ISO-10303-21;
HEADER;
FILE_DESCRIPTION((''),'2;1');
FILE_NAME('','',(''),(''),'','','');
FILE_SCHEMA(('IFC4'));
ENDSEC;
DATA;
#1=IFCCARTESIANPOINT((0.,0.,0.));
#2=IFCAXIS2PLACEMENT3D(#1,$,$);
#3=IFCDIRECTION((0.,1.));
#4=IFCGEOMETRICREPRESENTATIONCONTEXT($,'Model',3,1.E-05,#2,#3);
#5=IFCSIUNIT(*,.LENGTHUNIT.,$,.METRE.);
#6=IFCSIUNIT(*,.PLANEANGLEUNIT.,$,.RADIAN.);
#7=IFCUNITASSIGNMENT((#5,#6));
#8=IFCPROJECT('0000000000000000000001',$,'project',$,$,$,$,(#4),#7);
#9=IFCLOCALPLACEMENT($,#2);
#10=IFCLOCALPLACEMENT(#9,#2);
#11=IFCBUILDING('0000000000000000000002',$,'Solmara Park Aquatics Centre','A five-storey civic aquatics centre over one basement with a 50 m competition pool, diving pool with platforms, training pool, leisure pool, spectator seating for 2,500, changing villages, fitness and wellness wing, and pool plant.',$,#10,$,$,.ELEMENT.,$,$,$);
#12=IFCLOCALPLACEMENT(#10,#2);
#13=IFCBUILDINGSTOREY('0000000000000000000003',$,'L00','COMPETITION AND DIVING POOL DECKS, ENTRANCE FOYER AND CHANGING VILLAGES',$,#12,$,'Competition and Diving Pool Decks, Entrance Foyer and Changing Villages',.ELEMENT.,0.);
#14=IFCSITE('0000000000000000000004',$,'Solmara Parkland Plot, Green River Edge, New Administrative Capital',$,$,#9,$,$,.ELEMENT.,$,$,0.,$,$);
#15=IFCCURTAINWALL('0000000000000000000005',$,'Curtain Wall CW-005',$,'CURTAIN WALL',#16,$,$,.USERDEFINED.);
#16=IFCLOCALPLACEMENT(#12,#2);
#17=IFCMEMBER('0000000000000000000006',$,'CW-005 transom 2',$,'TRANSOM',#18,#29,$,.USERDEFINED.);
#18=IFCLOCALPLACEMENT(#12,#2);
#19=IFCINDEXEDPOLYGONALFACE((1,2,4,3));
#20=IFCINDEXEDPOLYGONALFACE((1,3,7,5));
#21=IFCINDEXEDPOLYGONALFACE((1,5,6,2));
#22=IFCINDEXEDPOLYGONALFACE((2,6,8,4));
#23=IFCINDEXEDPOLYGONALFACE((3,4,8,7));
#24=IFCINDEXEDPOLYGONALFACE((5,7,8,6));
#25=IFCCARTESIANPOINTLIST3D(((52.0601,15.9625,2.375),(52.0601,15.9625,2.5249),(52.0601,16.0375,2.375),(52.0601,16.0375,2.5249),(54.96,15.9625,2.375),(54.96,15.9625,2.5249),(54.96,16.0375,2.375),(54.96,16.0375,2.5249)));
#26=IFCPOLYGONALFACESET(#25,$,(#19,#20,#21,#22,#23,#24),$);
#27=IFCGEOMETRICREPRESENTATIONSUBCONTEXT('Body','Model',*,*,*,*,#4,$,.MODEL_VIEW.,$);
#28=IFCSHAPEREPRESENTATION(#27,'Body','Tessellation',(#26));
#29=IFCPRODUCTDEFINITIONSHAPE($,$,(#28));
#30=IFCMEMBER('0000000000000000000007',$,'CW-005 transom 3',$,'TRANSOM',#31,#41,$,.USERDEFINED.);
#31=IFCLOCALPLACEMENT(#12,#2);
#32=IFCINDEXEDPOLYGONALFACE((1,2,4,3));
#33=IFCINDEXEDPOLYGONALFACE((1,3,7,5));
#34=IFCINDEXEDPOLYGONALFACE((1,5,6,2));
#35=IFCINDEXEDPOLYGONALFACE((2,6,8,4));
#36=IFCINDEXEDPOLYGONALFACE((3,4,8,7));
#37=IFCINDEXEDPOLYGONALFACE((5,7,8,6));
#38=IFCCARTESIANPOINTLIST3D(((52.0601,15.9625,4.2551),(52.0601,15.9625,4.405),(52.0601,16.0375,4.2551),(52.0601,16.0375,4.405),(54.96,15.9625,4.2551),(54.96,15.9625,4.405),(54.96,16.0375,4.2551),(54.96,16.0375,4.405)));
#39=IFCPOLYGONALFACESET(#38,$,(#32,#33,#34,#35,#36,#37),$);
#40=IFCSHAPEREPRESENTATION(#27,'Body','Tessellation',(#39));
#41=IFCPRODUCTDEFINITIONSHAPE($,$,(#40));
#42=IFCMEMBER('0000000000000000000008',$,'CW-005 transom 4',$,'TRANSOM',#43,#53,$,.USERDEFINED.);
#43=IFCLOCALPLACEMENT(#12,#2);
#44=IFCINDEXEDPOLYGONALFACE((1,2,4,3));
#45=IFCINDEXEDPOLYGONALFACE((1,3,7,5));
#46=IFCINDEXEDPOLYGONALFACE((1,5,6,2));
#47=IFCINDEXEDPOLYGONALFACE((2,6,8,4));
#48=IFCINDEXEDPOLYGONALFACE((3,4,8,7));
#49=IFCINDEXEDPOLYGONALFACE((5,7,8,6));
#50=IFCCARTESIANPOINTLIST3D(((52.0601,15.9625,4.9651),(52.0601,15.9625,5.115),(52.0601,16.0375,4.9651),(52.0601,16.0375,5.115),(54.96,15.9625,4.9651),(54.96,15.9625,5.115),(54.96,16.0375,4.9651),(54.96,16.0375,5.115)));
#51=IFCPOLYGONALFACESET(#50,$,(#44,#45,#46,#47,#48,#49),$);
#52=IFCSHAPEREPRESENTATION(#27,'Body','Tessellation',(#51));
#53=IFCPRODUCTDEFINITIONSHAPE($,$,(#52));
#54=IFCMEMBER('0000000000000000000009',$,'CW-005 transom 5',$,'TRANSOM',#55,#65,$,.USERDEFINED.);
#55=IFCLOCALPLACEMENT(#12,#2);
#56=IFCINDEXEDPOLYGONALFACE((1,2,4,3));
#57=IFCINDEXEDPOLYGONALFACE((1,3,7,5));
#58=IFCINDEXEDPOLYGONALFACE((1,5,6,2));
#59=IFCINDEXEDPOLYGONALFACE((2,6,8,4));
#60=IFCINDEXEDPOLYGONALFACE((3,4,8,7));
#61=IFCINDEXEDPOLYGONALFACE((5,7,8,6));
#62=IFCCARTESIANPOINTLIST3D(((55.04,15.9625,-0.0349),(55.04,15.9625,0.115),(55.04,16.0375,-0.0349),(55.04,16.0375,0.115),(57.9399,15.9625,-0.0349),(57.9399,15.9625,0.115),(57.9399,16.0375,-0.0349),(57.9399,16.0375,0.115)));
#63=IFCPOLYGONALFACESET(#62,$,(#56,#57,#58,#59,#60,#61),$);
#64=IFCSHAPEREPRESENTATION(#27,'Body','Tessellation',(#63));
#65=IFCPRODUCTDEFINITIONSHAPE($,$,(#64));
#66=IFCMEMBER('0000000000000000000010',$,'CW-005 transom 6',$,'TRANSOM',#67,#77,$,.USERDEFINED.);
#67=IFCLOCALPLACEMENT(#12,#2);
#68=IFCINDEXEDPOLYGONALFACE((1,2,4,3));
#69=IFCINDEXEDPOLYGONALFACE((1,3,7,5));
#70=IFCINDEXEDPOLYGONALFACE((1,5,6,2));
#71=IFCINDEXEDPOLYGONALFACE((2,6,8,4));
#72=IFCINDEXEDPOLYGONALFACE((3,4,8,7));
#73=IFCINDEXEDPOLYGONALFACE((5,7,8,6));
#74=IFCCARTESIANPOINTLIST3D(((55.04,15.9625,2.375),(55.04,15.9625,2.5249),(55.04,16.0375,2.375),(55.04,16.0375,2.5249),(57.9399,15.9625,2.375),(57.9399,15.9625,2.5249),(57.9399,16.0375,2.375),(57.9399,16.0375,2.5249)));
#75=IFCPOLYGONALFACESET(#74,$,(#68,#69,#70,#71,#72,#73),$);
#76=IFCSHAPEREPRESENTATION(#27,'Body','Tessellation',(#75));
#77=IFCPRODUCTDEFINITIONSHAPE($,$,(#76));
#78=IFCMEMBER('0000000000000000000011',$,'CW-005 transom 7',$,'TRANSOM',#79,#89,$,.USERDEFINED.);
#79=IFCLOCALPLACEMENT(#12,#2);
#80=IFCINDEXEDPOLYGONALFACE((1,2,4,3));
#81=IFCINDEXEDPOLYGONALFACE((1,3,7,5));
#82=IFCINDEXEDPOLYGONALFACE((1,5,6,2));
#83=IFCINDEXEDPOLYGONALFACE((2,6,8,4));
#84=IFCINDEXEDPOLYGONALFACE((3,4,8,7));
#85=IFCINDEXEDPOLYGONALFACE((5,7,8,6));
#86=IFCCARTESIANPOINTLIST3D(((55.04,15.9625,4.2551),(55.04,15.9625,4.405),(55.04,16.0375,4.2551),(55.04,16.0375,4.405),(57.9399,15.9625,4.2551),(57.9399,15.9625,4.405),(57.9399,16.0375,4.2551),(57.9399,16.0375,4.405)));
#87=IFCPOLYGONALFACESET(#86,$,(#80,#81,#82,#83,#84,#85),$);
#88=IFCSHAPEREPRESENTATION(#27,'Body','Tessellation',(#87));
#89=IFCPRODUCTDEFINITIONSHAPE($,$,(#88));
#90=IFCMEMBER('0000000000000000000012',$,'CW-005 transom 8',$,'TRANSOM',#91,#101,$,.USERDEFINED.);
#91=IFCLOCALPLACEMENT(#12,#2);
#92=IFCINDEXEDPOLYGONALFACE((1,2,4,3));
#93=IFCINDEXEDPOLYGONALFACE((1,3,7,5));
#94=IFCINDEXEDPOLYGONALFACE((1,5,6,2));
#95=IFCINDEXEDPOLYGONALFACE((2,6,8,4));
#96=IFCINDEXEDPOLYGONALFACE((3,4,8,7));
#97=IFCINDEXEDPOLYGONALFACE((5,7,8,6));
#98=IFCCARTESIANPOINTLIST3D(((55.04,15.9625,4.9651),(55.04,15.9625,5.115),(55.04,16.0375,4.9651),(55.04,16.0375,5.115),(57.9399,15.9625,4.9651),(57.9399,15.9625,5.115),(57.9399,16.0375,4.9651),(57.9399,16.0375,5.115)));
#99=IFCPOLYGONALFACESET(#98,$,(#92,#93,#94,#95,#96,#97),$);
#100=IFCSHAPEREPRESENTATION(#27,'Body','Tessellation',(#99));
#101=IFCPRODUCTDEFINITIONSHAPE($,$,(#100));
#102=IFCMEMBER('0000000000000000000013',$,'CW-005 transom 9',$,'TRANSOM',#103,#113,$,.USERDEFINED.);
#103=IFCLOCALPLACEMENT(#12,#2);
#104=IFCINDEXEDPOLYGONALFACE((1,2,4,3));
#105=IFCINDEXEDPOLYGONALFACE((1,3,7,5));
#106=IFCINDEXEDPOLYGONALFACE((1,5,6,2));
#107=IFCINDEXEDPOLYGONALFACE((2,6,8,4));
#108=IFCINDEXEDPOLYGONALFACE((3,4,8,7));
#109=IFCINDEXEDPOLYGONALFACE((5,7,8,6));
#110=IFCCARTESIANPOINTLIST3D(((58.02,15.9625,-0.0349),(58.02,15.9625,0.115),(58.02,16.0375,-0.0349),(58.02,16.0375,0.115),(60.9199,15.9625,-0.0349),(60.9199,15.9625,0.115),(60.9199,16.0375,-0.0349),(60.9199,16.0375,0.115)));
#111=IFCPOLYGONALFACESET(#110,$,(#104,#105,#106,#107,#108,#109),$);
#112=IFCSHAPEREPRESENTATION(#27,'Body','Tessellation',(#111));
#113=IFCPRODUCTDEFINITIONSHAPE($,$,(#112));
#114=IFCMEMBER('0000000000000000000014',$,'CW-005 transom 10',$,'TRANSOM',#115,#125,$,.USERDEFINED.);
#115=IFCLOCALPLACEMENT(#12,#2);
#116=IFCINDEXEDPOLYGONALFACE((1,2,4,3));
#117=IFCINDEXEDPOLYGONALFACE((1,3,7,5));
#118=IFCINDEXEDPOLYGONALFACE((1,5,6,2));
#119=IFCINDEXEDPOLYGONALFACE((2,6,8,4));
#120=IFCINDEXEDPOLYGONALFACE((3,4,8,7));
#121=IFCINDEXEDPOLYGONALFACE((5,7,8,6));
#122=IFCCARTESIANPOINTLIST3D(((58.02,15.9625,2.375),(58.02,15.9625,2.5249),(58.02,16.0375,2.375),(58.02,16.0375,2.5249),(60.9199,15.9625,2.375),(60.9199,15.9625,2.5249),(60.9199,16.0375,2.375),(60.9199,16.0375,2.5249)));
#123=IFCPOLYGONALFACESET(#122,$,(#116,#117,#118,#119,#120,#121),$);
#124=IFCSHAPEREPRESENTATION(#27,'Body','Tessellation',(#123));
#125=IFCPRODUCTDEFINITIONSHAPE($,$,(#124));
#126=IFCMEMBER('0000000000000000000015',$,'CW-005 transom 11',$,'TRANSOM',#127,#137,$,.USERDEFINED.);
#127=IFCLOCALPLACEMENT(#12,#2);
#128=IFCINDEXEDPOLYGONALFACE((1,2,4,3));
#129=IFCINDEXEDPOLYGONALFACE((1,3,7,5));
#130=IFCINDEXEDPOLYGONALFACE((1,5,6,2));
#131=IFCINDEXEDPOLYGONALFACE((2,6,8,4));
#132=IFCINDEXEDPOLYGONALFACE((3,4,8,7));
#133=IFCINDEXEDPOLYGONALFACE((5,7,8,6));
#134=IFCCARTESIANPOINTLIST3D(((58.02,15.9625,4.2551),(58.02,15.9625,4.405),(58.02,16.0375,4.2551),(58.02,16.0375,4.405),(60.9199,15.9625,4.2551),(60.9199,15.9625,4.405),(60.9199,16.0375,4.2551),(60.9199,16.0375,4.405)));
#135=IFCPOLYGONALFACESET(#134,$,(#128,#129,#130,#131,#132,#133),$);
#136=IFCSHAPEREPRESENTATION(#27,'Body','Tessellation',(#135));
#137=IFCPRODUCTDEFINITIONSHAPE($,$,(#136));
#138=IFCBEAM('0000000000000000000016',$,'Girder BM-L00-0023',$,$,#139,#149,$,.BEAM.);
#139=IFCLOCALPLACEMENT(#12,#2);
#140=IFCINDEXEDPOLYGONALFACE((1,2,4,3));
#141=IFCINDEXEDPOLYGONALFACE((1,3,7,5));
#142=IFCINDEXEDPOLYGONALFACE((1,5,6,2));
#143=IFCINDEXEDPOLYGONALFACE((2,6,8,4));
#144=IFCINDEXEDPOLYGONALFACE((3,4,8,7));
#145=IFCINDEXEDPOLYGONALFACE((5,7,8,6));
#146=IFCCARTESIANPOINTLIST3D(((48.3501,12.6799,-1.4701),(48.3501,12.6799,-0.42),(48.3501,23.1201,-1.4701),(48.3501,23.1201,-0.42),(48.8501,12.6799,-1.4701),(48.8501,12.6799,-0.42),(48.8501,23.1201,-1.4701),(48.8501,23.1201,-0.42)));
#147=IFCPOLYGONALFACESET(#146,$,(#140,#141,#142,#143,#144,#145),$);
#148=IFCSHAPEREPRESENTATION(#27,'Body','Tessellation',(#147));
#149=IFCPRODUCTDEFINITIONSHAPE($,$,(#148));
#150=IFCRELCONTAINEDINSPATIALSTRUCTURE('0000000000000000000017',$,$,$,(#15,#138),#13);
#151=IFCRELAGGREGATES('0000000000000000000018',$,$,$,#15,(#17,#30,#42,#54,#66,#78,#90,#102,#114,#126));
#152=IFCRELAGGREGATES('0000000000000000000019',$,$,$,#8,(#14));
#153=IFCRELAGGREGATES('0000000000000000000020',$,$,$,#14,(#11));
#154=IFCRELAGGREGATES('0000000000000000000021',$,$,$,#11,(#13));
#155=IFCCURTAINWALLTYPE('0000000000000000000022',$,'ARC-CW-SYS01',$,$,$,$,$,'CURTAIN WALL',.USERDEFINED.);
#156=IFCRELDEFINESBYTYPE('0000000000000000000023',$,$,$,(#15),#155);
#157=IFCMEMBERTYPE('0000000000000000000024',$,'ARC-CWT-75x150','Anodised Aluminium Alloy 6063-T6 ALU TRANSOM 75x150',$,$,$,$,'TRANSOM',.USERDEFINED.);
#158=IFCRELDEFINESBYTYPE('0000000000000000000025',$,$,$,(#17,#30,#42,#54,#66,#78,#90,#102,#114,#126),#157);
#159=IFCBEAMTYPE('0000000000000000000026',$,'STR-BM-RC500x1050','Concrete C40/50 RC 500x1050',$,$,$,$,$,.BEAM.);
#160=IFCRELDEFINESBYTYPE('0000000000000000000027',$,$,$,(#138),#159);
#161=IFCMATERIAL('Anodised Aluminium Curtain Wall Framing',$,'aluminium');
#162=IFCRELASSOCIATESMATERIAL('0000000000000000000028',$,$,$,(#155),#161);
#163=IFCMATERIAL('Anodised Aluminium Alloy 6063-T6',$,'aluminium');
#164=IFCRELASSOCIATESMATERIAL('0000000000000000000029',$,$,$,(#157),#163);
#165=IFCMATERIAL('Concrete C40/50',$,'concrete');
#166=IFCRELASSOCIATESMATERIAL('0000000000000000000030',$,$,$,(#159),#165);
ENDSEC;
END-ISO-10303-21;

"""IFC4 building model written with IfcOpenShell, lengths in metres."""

from ifc_helpers import new_model, si_unit, direction, frame, origin, origin_2d, place, context, subcontext, project, spatial, rectangle, extrude, material, material_profile, profile_set, type_object, element, aggregate, save


model = new_model("IFC4")

# Units and contexts
model_context = context("Model", 3, precision=1e-05, world=origin(), true_north=direction((0.0, 1.0)))
body_context = subcontext(model_context, "Body", "Model", "MODEL_VIEW")
ifc_project = project(units=[si_unit("LENGTHUNIT", "METRE"), si_unit("PLANEANGLEUNIT", "RADIAN")], contexts=[model_context])

# Site, building, storey
site_placement = place(None, origin())
site = spatial("IfcSite", under=ifc_project, at=site_placement, Name="Solmara Parkland Plot, Green River Edge, New Administrative Capital", CompositionType="ELEMENT", RefElevation=0.0)
building_placement = place(site_placement, origin())
building = spatial("IfcBuilding", under=site, at=building_placement, Name="Solmara Park Aquatics Centre", Description="A five-storey civic aquatics centre over one basement with a 50 m competition pool, diving pool with platforms, training pool, leisure pool, spectator seating for 2,500, changing villages, fitness and wellness wing, and pool plant.", CompositionType="ELEMENT")
storey_placement = place(building_placement, origin())
storey = spatial("IfcBuildingStorey", under=building, at=storey_placement, Name="L00", Description="COMPETITION AND DIVING POOL DECKS, ENTRANCE FOYER AND CHANGING VILLAGES", LongName="Competition and Diving Pool Decks, Entrance Foyer and Changing Villages", CompositionType="ELEMENT", Elevation=0.0)

# Curtain wall
ifc_material_1 = material(Name="Anodised Aluminium Curtain Wall Framing", Category="aluminium")
curtain_wall_type = type_object("IfcCurtainWallType", Name="ARC-CW-SYS01", ElementType="CURTAIN WALL", PredefinedType="USERDEFINED", material=ifc_material_1)
ifc_material_2 = material(Name="Anodised Aluminium Alloy 6063-T6", Category="aluminium")
curtain_wall_1_placement = place(storey_placement, origin())
curtain_wall_1 = element("IfcCurtainWall", 1, at=curtain_wall_1_placement, inside=storey, type_object=curtain_wall_type, Name="Curtain Wall CW-005", ObjectType="CURTAIN WALL", PredefinedType="USERDEFINED")

# Members
ifc_material_profile_1 = material_profile(ifc_material_2, rectangle(XDim=0.075, YDim=0.1499, at=origin_2d()), Name="ALU TRANSOM 75x150")
ifc_profile_set_1 = profile_set([ifc_material_profile_1], Name="Anodised Aluminium Alloy 6063-T6")
member_type_1 = type_object("IfcMemberType", Name="ARC-CWT-75x150", Description="Anodised Aluminium Alloy 6063-T6 ALU TRANSOM 75x150", ElementType="TRANSOM", PredefinedType="USERDEFINED", material=ifc_profile_set_1)
member_1_placement = place(storey_placement, frame((52.0601, 16.0, 2.45), z_axis=(1.0, 0.0, 0.0), x_axis=(0.0, 1.0, 0.0)))
member_1 = element("IfcMember", 2, at=member_1_placement, type_object=member_type_1, Name="CW-005 transom 2", ObjectType="TRANSOM", PredefinedType="USERDEFINED", context=body_context, shape_type="SweptSolid", body=[
    extrude(rectangle(XDim=0.075, YDim=0.1499, at=origin_2d()), origin(), (0.0, 0.0, 1.0), 2.8999),
])
member_2_placement = place(storey_placement, frame((52.0601, 16.0, 4.3301), z_axis=(1.0, 0.0, 0.0), x_axis=(0.0, 1.0, 0.0)))
member_2 = element("IfcMember", 3, at=member_2_placement, type_object=member_type_1, Name="CW-005 transom 3", ObjectType="TRANSOM", PredefinedType="USERDEFINED", context=body_context, shape_type="SweptSolid", body=[
    extrude(rectangle(XDim=0.075, YDim=0.1499, at=origin_2d()), origin(), (0.0, 0.0, 1.0), 2.8999),
])
member_3_placement = place(storey_placement, frame((52.0601, 16.0, 5.04), z_axis=(1.0, 0.0, 0.0), x_axis=(0.0, 1.0, 0.0)))
member_3 = element("IfcMember", 4, at=member_3_placement, type_object=member_type_1, Name="CW-005 transom 4", ObjectType="TRANSOM", PredefinedType="USERDEFINED", context=body_context, shape_type="SweptSolid", body=[
    extrude(rectangle(XDim=0.075, YDim=0.1499, at=origin_2d()), origin(), (0.0, 0.0, 1.0), 2.8999),
])
member_4_placement = place(storey_placement, frame((55.04, 16.0, 0.04), z_axis=(1.0, 0.0, 0.0), x_axis=(0.0, 1.0, 0.0)))
member_4 = element("IfcMember", 5, at=member_4_placement, type_object=member_type_1, Name="CW-005 transom 5", ObjectType="TRANSOM", PredefinedType="USERDEFINED", context=body_context, shape_type="SweptSolid", body=[
    extrude(rectangle(XDim=0.075, YDim=0.1499, at=origin_2d()), origin(), (0.0, 0.0, 1.0), 2.8999),
])
member_5_placement = place(storey_placement, frame((55.04, 16.0, 2.45), z_axis=(1.0, 0.0, 0.0), x_axis=(0.0, 1.0, 0.0)))
member_5 = element("IfcMember", 6, at=member_5_placement, type_object=member_type_1, Name="CW-005 transom 6", ObjectType="TRANSOM", PredefinedType="USERDEFINED", context=body_context, shape_type="SweptSolid", body=[
    extrude(rectangle(XDim=0.075, YDim=0.1499, at=origin_2d()), origin(), (0.0, 0.0, 1.0), 2.8999),
])
member_6_placement = place(storey_placement, frame((55.04, 16.0, 4.3301), z_axis=(1.0, 0.0, 0.0), x_axis=(0.0, 1.0, 0.0)))
member_6 = element("IfcMember", 7, at=member_6_placement, type_object=member_type_1, Name="CW-005 transom 7", ObjectType="TRANSOM", PredefinedType="USERDEFINED", context=body_context, shape_type="SweptSolid", body=[
    extrude(rectangle(XDim=0.075, YDim=0.1499, at=origin_2d()), origin(), (0.0, 0.0, 1.0), 2.8999),
])
member_7_placement = place(storey_placement, frame((55.04, 16.0, 5.04), z_axis=(1.0, 0.0, 0.0), x_axis=(0.0, 1.0, 0.0)))
member_7 = element("IfcMember", 8, at=member_7_placement, type_object=member_type_1, Name="CW-005 transom 8", ObjectType="TRANSOM", PredefinedType="USERDEFINED", context=body_context, shape_type="SweptSolid", body=[
    extrude(rectangle(XDim=0.075, YDim=0.1499, at=origin_2d()), origin(), (0.0, 0.0, 1.0), 2.8999),
])
member_8_placement = place(storey_placement, frame((58.02, 16.0, 0.04), z_axis=(1.0, 0.0, 0.0), x_axis=(0.0, 1.0, 0.0)))
member_8 = element("IfcMember", 9, at=member_8_placement, type_object=member_type_1, Name="CW-005 transom 9", ObjectType="TRANSOM", PredefinedType="USERDEFINED", context=body_context, shape_type="SweptSolid", body=[
    extrude(rectangle(XDim=0.075, YDim=0.1499, at=origin_2d()), origin(), (0.0, 0.0, 1.0), 2.8999),
])
member_9_placement = place(storey_placement, frame((58.02, 16.0, 2.45), z_axis=(1.0, 0.0, 0.0), x_axis=(0.0, 1.0, 0.0)))
member_9 = element("IfcMember", 10, at=member_9_placement, type_object=member_type_1, Name="CW-005 transom 10", ObjectType="TRANSOM", PredefinedType="USERDEFINED", context=body_context, shape_type="SweptSolid", body=[
    extrude(rectangle(XDim=0.075, YDim=0.1499, at=origin_2d()), origin(), (0.0, 0.0, 1.0), 2.8999),
])
member_10_placement = place(storey_placement, frame((58.02, 16.0, 4.3301), z_axis=(1.0, 0.0, 0.0), x_axis=(0.0, 1.0, 0.0)))
member_10 = element("IfcMember", 11, at=member_10_placement, type_object=member_type_1, Name="CW-005 transom 11", ObjectType="TRANSOM", PredefinedType="USERDEFINED", context=body_context, shape_type="SweptSolid", body=[
    extrude(rectangle(XDim=0.075, YDim=0.1499, at=origin_2d()), origin(), (0.0, 0.0, 1.0), 2.8999),
])

# Beam
ifc_material_3 = material(Name="Concrete C40/50", Category="concrete")
ifc_material_profile_2 = material_profile(ifc_material_3, rectangle(XDim=0.5, YDim=1.05, at=origin_2d()), Name="RC 500x1050")
ifc_profile_set_2 = profile_set([ifc_material_profile_2], Name="Concrete C40/50")
beam_type_1 = type_object("IfcBeamType", Name="STR-BM-RC500x1050", Description="Concrete C40/50 RC 500x1050", PredefinedType="BEAM", material=ifc_profile_set_2)
beam_1_placement = place(storey_placement, frame((48.6001, 12.6799, -0.9451), z_axis=(0.0, 1.0, 0.0), x_axis=(-1.0, 0.0, 0.0)))
element("IfcBeam", 12, at=beam_1_placement, inside=storey, type_object=beam_type_1, Name="Girder BM-L00-0023", PredefinedType="BEAM", context=body_context, shape_type="SweptSolid", body=[
    extrude(rectangle(XDim=0.5, YDim=1.05, at=origin_2d()), origin(), (0.0, 0.0, 1.0), 10.4402),
])

aggregate(curtain_wall_1, [member_1, member_2, member_3, member_4, member_5, member_6, member_7, member_8, member_9, member_10])

save(model, "model.ifc")
